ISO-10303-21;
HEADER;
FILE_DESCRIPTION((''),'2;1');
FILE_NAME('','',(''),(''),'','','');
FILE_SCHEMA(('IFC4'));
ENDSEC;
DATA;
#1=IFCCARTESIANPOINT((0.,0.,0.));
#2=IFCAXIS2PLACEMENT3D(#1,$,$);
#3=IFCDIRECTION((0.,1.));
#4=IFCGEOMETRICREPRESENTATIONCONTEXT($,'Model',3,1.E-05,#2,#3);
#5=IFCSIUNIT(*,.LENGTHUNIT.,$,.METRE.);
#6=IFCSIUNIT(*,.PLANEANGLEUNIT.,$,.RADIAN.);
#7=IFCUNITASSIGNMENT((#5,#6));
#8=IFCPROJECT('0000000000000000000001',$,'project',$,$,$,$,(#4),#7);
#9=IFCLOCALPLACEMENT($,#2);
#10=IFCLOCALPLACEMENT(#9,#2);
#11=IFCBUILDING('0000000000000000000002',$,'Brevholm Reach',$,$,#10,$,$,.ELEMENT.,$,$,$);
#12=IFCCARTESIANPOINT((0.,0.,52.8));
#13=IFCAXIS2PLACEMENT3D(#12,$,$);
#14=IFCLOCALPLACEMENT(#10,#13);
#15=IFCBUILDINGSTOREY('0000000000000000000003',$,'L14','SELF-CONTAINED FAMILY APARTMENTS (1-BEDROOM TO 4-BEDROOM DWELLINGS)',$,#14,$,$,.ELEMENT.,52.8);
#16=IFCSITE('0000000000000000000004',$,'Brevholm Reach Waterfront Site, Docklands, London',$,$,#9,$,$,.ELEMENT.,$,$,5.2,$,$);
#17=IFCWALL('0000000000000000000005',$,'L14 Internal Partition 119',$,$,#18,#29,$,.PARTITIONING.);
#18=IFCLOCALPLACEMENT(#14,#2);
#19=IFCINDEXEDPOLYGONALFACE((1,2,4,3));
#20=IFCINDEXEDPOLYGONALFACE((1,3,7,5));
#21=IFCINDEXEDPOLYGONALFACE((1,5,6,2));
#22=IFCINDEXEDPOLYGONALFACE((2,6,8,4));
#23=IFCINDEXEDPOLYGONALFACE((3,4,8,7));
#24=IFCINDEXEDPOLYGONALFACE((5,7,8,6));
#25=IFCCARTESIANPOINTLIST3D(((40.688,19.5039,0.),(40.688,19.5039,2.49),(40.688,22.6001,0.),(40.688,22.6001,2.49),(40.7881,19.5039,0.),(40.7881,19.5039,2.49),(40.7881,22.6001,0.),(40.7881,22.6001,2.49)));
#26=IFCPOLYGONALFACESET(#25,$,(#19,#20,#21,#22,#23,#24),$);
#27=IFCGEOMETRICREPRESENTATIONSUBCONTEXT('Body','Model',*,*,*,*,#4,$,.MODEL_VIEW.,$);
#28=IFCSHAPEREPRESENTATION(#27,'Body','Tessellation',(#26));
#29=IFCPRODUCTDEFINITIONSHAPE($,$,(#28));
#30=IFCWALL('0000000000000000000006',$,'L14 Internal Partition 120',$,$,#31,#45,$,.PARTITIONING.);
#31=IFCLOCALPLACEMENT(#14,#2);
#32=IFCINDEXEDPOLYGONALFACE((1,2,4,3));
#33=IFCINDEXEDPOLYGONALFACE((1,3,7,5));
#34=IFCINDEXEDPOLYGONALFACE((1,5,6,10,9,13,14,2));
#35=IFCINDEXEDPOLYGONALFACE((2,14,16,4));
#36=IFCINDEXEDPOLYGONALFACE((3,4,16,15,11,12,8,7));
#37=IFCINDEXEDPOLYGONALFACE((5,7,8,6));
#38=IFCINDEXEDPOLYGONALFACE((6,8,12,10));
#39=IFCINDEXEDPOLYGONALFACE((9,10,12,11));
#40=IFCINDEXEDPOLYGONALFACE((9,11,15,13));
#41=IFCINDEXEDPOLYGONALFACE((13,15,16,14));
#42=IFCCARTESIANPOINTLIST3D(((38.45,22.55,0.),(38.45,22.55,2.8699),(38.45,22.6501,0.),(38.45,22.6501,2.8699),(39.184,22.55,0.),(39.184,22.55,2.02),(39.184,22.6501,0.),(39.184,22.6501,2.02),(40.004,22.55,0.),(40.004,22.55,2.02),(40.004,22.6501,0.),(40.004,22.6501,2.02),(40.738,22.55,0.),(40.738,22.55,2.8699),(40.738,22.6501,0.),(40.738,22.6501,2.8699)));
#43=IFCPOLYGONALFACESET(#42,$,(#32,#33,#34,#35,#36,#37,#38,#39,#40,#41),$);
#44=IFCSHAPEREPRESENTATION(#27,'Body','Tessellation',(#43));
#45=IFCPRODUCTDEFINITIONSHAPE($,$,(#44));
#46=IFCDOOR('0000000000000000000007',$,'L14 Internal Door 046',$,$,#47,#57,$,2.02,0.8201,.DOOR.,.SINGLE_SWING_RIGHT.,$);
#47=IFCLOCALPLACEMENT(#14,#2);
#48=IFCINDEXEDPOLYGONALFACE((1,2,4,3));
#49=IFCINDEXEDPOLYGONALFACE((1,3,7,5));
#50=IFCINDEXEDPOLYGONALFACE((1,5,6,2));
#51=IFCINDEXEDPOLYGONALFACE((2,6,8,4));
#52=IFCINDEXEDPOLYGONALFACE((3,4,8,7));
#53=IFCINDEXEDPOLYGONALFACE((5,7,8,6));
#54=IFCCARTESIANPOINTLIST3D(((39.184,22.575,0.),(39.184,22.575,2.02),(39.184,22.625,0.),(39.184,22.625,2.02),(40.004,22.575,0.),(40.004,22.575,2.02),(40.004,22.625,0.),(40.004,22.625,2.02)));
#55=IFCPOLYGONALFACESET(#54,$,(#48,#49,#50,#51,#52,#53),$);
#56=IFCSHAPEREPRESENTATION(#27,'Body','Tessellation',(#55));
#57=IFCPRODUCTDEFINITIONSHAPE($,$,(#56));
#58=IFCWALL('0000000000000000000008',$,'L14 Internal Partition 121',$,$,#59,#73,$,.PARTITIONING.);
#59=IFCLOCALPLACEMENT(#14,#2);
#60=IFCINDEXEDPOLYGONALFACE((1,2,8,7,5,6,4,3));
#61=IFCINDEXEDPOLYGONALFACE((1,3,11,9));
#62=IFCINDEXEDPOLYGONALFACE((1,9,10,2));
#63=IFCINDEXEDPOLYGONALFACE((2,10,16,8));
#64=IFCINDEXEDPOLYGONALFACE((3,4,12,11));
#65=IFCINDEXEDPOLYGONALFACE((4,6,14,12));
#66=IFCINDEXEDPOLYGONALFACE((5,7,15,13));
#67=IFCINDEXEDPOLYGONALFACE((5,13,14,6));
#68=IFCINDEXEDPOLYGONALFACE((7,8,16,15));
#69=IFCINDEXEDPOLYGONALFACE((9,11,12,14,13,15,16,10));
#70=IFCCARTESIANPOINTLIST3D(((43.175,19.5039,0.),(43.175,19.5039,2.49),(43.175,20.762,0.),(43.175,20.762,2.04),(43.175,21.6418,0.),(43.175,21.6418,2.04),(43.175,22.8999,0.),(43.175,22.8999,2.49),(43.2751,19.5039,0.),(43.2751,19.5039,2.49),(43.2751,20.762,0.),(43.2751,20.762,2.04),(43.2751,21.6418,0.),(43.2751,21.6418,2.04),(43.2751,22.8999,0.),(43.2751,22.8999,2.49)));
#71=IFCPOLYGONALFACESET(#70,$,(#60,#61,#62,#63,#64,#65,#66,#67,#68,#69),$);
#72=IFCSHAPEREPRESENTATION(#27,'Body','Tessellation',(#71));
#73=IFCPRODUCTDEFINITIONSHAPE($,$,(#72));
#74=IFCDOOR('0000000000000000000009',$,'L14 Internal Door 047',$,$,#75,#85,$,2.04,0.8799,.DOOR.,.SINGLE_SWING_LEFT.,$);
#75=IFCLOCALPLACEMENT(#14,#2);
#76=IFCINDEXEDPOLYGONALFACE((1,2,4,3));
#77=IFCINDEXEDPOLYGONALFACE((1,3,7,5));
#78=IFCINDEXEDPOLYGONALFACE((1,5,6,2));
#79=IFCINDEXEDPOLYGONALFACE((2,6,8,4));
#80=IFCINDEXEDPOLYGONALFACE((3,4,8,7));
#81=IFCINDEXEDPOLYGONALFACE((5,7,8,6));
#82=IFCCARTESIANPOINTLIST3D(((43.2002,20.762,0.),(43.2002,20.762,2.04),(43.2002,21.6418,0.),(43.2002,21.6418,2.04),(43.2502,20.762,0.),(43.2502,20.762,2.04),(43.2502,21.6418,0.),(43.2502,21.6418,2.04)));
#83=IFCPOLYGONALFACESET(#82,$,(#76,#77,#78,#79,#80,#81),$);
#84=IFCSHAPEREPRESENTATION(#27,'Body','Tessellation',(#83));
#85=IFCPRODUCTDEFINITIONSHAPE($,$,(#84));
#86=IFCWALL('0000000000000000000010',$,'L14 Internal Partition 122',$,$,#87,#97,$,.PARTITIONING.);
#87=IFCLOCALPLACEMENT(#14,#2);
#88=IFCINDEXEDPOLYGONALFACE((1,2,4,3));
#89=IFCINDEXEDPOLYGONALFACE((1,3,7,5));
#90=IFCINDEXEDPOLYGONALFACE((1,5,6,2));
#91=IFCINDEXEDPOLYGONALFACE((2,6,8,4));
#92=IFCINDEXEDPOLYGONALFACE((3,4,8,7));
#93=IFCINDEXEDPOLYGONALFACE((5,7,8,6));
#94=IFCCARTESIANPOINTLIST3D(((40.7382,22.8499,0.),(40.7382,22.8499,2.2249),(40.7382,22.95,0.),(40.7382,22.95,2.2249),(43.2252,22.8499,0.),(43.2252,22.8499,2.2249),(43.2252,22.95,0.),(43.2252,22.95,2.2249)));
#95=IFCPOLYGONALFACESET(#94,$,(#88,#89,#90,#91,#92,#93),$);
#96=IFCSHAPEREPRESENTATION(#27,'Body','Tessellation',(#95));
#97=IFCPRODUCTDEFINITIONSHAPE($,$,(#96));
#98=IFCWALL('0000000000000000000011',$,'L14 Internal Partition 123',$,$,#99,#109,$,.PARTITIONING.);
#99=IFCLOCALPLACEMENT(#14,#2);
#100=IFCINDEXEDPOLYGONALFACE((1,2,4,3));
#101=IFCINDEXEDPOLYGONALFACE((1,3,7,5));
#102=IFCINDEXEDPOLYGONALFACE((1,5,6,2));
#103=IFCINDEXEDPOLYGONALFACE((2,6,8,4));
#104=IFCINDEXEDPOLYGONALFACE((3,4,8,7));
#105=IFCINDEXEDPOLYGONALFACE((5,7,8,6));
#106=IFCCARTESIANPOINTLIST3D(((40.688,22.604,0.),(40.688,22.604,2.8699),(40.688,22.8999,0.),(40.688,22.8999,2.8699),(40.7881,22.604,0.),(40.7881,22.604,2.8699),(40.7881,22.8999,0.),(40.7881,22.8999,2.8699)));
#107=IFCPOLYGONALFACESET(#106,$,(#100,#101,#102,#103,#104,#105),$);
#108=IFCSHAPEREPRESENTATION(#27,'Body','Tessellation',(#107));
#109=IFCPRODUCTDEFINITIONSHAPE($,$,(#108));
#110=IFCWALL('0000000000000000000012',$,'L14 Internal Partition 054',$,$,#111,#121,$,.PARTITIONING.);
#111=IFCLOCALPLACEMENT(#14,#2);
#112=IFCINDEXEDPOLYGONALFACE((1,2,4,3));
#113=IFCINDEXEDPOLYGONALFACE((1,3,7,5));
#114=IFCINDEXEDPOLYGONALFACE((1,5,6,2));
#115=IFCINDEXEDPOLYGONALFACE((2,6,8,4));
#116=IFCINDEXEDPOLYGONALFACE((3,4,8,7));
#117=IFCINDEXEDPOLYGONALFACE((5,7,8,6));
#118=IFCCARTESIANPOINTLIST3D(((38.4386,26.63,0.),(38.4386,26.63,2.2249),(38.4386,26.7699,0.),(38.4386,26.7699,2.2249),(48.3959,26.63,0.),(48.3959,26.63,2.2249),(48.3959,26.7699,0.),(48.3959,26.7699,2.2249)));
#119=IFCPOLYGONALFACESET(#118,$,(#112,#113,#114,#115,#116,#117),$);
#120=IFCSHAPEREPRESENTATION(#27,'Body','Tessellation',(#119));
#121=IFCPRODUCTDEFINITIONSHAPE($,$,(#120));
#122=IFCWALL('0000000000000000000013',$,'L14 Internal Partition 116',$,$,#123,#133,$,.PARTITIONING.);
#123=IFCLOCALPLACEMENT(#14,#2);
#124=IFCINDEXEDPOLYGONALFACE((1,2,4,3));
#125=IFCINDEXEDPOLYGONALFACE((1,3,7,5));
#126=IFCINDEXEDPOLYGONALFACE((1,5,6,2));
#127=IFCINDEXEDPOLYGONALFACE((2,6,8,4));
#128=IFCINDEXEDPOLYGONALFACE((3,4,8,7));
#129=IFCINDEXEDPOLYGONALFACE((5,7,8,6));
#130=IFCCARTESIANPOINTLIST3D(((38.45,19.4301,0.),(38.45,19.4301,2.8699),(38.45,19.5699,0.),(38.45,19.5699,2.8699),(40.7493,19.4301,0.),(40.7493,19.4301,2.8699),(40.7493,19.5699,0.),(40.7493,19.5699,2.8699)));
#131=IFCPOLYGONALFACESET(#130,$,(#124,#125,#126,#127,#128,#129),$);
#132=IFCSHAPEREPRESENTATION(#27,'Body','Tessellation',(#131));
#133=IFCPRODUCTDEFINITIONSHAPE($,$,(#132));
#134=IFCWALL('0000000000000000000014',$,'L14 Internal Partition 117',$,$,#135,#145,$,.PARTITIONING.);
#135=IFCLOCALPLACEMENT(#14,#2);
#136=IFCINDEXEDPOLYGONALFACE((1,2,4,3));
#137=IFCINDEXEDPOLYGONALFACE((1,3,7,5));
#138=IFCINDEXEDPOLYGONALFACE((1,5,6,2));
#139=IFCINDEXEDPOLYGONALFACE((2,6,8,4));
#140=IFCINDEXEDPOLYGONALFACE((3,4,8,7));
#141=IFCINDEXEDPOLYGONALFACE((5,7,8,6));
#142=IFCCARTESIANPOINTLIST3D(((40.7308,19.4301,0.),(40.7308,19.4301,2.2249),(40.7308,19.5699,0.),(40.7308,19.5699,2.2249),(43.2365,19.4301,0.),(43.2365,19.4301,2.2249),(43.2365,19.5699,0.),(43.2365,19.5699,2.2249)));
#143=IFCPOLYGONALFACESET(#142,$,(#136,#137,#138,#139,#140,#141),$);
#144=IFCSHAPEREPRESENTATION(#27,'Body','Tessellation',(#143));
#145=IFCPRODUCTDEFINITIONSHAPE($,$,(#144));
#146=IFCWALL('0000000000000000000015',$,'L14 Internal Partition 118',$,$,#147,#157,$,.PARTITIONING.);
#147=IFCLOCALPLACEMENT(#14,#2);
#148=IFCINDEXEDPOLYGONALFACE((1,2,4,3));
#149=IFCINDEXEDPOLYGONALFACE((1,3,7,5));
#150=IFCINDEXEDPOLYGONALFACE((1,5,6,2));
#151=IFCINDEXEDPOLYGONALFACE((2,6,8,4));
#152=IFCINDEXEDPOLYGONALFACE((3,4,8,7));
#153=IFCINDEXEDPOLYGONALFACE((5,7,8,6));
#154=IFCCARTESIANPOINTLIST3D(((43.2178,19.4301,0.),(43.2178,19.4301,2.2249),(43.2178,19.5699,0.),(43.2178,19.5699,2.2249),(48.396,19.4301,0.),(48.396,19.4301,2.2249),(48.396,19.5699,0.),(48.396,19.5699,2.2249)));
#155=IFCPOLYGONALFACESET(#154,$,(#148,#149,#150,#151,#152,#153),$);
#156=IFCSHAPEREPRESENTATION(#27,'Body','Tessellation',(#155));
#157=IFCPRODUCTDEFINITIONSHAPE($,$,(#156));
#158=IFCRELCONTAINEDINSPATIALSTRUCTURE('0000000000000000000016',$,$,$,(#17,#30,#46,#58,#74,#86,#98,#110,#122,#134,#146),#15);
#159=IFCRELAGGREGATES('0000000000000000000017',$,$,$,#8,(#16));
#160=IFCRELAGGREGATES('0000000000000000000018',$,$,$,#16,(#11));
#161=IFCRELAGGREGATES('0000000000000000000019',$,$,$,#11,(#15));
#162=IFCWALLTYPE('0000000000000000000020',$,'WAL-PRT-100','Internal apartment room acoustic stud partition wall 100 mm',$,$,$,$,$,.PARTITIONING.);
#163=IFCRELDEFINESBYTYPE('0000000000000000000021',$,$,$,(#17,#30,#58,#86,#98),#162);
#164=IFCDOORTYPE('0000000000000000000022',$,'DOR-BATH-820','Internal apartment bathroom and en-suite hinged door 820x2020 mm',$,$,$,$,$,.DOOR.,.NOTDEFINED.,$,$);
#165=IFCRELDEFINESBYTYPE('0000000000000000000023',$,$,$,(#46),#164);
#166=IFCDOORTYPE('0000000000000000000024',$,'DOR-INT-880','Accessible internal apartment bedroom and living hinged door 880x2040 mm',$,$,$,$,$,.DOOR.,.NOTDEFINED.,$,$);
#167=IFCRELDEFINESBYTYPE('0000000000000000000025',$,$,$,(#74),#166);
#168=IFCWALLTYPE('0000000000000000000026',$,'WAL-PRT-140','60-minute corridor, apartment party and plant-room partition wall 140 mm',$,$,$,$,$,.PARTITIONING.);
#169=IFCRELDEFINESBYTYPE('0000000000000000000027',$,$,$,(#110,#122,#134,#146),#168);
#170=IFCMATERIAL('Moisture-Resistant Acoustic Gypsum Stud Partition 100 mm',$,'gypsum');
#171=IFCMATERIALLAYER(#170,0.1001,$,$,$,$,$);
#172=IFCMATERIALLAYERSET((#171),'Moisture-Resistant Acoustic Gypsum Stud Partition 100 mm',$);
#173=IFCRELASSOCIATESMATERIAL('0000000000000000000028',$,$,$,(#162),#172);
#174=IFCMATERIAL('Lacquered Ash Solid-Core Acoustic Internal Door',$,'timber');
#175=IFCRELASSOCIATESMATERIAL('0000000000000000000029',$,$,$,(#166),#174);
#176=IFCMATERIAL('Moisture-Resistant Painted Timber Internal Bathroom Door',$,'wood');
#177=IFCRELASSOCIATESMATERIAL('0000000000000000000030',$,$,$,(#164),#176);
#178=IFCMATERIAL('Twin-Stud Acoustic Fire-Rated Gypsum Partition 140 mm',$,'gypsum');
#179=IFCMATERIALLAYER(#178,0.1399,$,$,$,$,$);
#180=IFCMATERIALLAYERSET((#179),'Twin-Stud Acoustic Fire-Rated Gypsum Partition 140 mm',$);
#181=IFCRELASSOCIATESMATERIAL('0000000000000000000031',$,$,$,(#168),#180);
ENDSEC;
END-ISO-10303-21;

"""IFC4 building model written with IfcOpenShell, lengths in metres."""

from ifc_helpers import new_model, si_unit, direction, frame, frame_2d, origin, place, context, subcontext, project, spatial, rectangle, extrude, material, layer, layer_set, type_object, element, fill, save


model = new_model("IFC4")

# Units and contexts
model_context = context("Model", 3, precision=1e-05, world=origin(), true_north=direction((0.0, 1.0)))
body_context = subcontext(model_context, "Body", "Model", "MODEL_VIEW")
ifc_project = project(units=[si_unit("LENGTHUNIT", "METRE"), si_unit("PLANEANGLEUNIT", "RADIAN")], contexts=[model_context])

# Site, building, storey
site_placement = place(None, origin())
site = spatial("IfcSite", under=ifc_project, at=site_placement, Name="Brevholm Reach Waterfront Site, Docklands, London", CompositionType="ELEMENT", RefElevation=5.2)
building_placement = place(site_placement, origin())
building = spatial("IfcBuilding", under=site, at=building_placement, Name="Brevholm Reach", CompositionType="ELEMENT")
storey_placement = place(building_placement, frame((0.0, 0.0, 52.8)))
storey = spatial("IfcBuildingStorey", under=building, at=storey_placement, Name="L14", Description="SELF-CONTAINED FAMILY APARTMENTS (1-BEDROOM TO 4-BEDROOM DWELLINGS)", CompositionType="ELEMENT", Elevation=52.8)

# Shared definitions
ifc_material_1 = material(Name="Moisture-Resistant Acoustic Gypsum Stud Partition 100 mm", Category="gypsum")
ifc_layer_1 = layer(ifc_material_1, 0.1001)
ifc_layer_set_1 = layer_set([ifc_layer_1], Name="Moisture-Resistant Acoustic Gypsum Stud Partition 100 mm")
wall_type_1 = type_object("IfcWallType", Name="WAL-PRT-100", Description="Internal apartment room acoustic stud partition wall 100 mm", PredefinedType="PARTITIONING", material=ifc_layer_set_1)
ifc_material_2 = material(Name="Lacquered Ash Solid-Core Acoustic Internal Door", Category="timber")
door_type_1 = type_object("IfcDoorType", Name="DOR-INT-880", Description="Accessible internal apartment bedroom and living hinged door 880x2040 mm", OperationType="NOTDEFINED", PredefinedType="DOOR", material=ifc_material_2)

# Wall
wall_1_placement = place(storey_placement, frame((40.738, 19.5039, 0.0), z_axis=(0.0, 0.0, 1.0), x_axis=(0.0, 1.0, 0.0)))
element("IfcWall", 1, at=wall_1_placement, inside=storey, type_object=wall_type_1, Name="L14 Internal Partition 119", PredefinedType="PARTITIONING", context=body_context, shape_type="SweptSolid", body=[
    extrude(rectangle(XDim=3.0962, YDim=0.1001, at=frame_2d((1.5481, 0.0))), origin(), (0.0, 0.0, 1.0), 2.49),
])

# Walls, openings, doors
wall_2_placement = place(storey_placement, frame((38.45, 22.6001, 0.0), z_axis=(0.0, 0.0, 1.0), x_axis=(1.0, 0.0, 0.0)))
wall_2 = element("IfcWall", 2, at=wall_2_placement, inside=storey, type_object=wall_type_1, Name="L14 Internal Partition 120", PredefinedType="PARTITIONING", context=body_context, shape_type="SweptSolid", body=[
    extrude(rectangle(XDim=2.2881, YDim=0.1001, at=frame_2d((1.144, 0.0))), origin(), (0.0, 0.0, 1.0), 2.8699),
])
opening_1_placement = place(wall_2_placement, frame((0.7339, 0.0, 0.0)))
opening_1 = element("IfcOpeningElement", 3, at=opening_1_placement, cuts=wall_2, PredefinedType="OPENING", context=body_context, shape_type="SweptSolid", body=[
    extrude(rectangle(XDim=0.8201, YDim=2.02, at=frame_2d((0.4102, 1.01))), frame((0.0, 0.0601, 0.0), z_axis=(0.0, -1.0, 0.0), x_axis=(1.0, 0.0, 0.0)), (0.0, 0.0, 1.0), 0.1201),
])
ifc_material_3 = material(Name="Moisture-Resistant Painted Timber Internal Bathroom Door", Category="wood")
door_type_2 = type_object("IfcDoorType", Name="DOR-BATH-820", Description="Internal apartment bathroom and en-suite hinged door 820x2020 mm", OperationType="NOTDEFINED", PredefinedType="DOOR", material=ifc_material_3)
door_1_placement = place(opening_1_placement, origin())
door_1 = element("IfcDoor", 4, at=door_1_placement, inside=storey, type_object=door_type_2, Name="L14 Internal Door 046", OperationType="SINGLE_SWING_RIGHT", OverallHeight=2.02, OverallWidth=0.8201, PredefinedType="DOOR", context=body_context, shape_type="SweptSolid", body=[
    extrude(rectangle(XDim=0.8201, YDim=2.02, at=frame_2d((0.4102, 1.01))), frame((0.0, 0.0249, 0.0), z_axis=(0.0, -1.0, 0.0), x_axis=(1.0, 0.0, 0.0)), (0.0, 0.0, 1.0), 0.05),
])
fill(opening_1, door_1)
wall_3_placement = place(storey_placement, frame((43.2251, 19.5039, 0.0), z_axis=(0.0, 0.0, 1.0), x_axis=(0.0, 1.0, 0.0)))
wall_3 = element("IfcWall", 5, at=wall_3_placement, inside=storey, type_object=wall_type_1, Name="L14 Internal Partition 121", PredefinedType="PARTITIONING", context=body_context, shape_type="SweptSolid", body=[
    extrude(rectangle(XDim=3.396, YDim=0.1001, at=frame_2d((1.698, 0.0))), origin(), (0.0, 0.0, 1.0), 2.49),
])
opening_2_placement = place(wall_3_placement, frame((1.2581, 0.0, 0.0)))
opening_2 = element("IfcOpeningElement", 6, at=opening_2_placement, cuts=wall_3, PredefinedType="OPENING", context=body_context, shape_type="SweptSolid", body=[
    extrude(rectangle(XDim=0.8799, YDim=2.04, at=frame_2d((0.4399, 1.02))), frame((0.0, 0.0601, 0.0), z_axis=(0.0, -1.0, 0.0), x_axis=(1.0, 0.0, 0.0)), (0.0, 0.0, 1.0), 0.1201),
])
door_2_placement = place(opening_2_placement, origin())
door_2 = element("IfcDoor", 7, at=door_2_placement, inside=storey, type_object=door_type_1, Name="L14 Internal Door 047", OperationType="SINGLE_SWING_LEFT", OverallHeight=2.04, OverallWidth=0.8799, PredefinedType="DOOR", context=body_context, shape_type="SweptSolid", body=[
    extrude(rectangle(XDim=0.8799, YDim=2.04, at=frame_2d((0.4399, 1.02))), frame((0.0, 0.0249, 0.0), z_axis=(0.0, -1.0, 0.0), x_axis=(1.0, 0.0, 0.0)), (0.0, 0.0, 1.0), 0.05),
])
fill(opening_2, door_2)

# Walls
wall_4_placement = place(storey_placement, frame((40.738, 22.8999, 0.0), z_axis=(0.0, 0.0, 1.0), x_axis=(1.0, 0.0, 0.0)))
element("IfcWall", 8, at=wall_4_placement, inside=storey, type_object=wall_type_1, Name="L14 Internal Partition 122", PredefinedType="PARTITIONING", context=body_context, shape_type="SweptSolid", body=[
    extrude(rectangle(XDim=2.4871, YDim=0.1001, at=frame_2d((1.2437, 0.0))), origin(), (0.0, 0.0, 1.0), 2.2249),
])
wall_5_placement = place(storey_placement, frame((40.738, 22.604, 0.0), z_axis=(0.0, 0.0, 1.0), x_axis=(0.0, 1.0, 0.0)))
element("IfcWall", 9, at=wall_5_placement, inside=storey, type_object=wall_type_1, Name="L14 Internal Partition 123", PredefinedType="PARTITIONING", context=body_context, shape_type="SweptSolid", body=[
    extrude(rectangle(XDim=0.2959, YDim=0.1001, at=frame_2d((0.1479, 0.0))), origin(), (0.0, 0.0, 1.0), 2.8699),
])
ifc_material_4 = material(Name="Twin-Stud Acoustic Fire-Rated Gypsum Partition 140 mm", Category="gypsum")
ifc_layer_2 = layer(ifc_material_4, 0.1399)
ifc_layer_set_2 = layer_set([ifc_layer_2], Name="Twin-Stud Acoustic Fire-Rated Gypsum Partition 140 mm")
wall_type_2 = type_object("IfcWallType", Name="WAL-PRT-140", Description="60-minute corridor, apartment party and plant-room partition wall 140 mm", PredefinedType="PARTITIONING", material=ifc_layer_set_2)
wall_6_placement = place(storey_placement, frame((38.4387, 26.7, 0.0), z_axis=(0.0, 0.0, 1.0), x_axis=(1.0, 0.0, 0.0)))
element("IfcWall", 10, at=wall_6_placement, inside=storey, type_object=wall_type_2, Name="L14 Internal Partition 054", PredefinedType="PARTITIONING", context=body_context, shape_type="SweptSolid", body=[
    extrude(rectangle(XDim=9.9573, YDim=0.1399, at=frame_2d((4.9785, 0.0))), origin(), (0.0, 0.0, 1.0), 2.2249),
])
wall_7_placement = place(storey_placement, frame((38.45, 19.5, 0.0), z_axis=(0.0, 0.0, 1.0), x_axis=(1.0, 0.0, 0.0)))
element("IfcWall", 11, at=wall_7_placement, inside=storey, type_object=wall_type_2, Name="L14 Internal Partition 116", PredefinedType="PARTITIONING", context=body_context, shape_type="SweptSolid", body=[
    extrude(rectangle(XDim=2.2993, YDim=0.1399, at=frame_2d((1.1497, 0.0))), origin(), (0.0, 0.0, 1.0), 2.8699),
])
wall_8_placement = place(storey_placement, frame((40.7307, 19.5, 0.0), z_axis=(0.0, 0.0, 1.0), x_axis=(1.0, 0.0, 0.0)))
element("IfcWall", 12, at=wall_8_placement, inside=storey, type_object=wall_type_2, Name="L14 Internal Partition 117", PredefinedType="PARTITIONING", context=body_context, shape_type="SweptSolid", body=[
    extrude(rectangle(XDim=2.5056, YDim=0.1399, at=frame_2d((1.2529, 0.0))), origin(), (0.0, 0.0, 1.0), 2.2249),
])
wall_9_placement = place(storey_placement, frame((43.2178, 19.5, 0.0), z_axis=(0.0, 0.0, 1.0), x_axis=(1.0, 0.0, 0.0)))
element("IfcWall", 13, at=wall_9_placement, inside=storey, type_object=wall_type_2, Name="L14 Internal Partition 118", PredefinedType="PARTITIONING", context=body_context, shape_type="SweptSolid", body=[
    extrude(rectangle(XDim=5.1782, YDim=0.1399, at=frame_2d((2.5891, 0.0))), origin(), (0.0, 0.0, 1.0), 2.2249),
])

save(model, "model.ifc")
